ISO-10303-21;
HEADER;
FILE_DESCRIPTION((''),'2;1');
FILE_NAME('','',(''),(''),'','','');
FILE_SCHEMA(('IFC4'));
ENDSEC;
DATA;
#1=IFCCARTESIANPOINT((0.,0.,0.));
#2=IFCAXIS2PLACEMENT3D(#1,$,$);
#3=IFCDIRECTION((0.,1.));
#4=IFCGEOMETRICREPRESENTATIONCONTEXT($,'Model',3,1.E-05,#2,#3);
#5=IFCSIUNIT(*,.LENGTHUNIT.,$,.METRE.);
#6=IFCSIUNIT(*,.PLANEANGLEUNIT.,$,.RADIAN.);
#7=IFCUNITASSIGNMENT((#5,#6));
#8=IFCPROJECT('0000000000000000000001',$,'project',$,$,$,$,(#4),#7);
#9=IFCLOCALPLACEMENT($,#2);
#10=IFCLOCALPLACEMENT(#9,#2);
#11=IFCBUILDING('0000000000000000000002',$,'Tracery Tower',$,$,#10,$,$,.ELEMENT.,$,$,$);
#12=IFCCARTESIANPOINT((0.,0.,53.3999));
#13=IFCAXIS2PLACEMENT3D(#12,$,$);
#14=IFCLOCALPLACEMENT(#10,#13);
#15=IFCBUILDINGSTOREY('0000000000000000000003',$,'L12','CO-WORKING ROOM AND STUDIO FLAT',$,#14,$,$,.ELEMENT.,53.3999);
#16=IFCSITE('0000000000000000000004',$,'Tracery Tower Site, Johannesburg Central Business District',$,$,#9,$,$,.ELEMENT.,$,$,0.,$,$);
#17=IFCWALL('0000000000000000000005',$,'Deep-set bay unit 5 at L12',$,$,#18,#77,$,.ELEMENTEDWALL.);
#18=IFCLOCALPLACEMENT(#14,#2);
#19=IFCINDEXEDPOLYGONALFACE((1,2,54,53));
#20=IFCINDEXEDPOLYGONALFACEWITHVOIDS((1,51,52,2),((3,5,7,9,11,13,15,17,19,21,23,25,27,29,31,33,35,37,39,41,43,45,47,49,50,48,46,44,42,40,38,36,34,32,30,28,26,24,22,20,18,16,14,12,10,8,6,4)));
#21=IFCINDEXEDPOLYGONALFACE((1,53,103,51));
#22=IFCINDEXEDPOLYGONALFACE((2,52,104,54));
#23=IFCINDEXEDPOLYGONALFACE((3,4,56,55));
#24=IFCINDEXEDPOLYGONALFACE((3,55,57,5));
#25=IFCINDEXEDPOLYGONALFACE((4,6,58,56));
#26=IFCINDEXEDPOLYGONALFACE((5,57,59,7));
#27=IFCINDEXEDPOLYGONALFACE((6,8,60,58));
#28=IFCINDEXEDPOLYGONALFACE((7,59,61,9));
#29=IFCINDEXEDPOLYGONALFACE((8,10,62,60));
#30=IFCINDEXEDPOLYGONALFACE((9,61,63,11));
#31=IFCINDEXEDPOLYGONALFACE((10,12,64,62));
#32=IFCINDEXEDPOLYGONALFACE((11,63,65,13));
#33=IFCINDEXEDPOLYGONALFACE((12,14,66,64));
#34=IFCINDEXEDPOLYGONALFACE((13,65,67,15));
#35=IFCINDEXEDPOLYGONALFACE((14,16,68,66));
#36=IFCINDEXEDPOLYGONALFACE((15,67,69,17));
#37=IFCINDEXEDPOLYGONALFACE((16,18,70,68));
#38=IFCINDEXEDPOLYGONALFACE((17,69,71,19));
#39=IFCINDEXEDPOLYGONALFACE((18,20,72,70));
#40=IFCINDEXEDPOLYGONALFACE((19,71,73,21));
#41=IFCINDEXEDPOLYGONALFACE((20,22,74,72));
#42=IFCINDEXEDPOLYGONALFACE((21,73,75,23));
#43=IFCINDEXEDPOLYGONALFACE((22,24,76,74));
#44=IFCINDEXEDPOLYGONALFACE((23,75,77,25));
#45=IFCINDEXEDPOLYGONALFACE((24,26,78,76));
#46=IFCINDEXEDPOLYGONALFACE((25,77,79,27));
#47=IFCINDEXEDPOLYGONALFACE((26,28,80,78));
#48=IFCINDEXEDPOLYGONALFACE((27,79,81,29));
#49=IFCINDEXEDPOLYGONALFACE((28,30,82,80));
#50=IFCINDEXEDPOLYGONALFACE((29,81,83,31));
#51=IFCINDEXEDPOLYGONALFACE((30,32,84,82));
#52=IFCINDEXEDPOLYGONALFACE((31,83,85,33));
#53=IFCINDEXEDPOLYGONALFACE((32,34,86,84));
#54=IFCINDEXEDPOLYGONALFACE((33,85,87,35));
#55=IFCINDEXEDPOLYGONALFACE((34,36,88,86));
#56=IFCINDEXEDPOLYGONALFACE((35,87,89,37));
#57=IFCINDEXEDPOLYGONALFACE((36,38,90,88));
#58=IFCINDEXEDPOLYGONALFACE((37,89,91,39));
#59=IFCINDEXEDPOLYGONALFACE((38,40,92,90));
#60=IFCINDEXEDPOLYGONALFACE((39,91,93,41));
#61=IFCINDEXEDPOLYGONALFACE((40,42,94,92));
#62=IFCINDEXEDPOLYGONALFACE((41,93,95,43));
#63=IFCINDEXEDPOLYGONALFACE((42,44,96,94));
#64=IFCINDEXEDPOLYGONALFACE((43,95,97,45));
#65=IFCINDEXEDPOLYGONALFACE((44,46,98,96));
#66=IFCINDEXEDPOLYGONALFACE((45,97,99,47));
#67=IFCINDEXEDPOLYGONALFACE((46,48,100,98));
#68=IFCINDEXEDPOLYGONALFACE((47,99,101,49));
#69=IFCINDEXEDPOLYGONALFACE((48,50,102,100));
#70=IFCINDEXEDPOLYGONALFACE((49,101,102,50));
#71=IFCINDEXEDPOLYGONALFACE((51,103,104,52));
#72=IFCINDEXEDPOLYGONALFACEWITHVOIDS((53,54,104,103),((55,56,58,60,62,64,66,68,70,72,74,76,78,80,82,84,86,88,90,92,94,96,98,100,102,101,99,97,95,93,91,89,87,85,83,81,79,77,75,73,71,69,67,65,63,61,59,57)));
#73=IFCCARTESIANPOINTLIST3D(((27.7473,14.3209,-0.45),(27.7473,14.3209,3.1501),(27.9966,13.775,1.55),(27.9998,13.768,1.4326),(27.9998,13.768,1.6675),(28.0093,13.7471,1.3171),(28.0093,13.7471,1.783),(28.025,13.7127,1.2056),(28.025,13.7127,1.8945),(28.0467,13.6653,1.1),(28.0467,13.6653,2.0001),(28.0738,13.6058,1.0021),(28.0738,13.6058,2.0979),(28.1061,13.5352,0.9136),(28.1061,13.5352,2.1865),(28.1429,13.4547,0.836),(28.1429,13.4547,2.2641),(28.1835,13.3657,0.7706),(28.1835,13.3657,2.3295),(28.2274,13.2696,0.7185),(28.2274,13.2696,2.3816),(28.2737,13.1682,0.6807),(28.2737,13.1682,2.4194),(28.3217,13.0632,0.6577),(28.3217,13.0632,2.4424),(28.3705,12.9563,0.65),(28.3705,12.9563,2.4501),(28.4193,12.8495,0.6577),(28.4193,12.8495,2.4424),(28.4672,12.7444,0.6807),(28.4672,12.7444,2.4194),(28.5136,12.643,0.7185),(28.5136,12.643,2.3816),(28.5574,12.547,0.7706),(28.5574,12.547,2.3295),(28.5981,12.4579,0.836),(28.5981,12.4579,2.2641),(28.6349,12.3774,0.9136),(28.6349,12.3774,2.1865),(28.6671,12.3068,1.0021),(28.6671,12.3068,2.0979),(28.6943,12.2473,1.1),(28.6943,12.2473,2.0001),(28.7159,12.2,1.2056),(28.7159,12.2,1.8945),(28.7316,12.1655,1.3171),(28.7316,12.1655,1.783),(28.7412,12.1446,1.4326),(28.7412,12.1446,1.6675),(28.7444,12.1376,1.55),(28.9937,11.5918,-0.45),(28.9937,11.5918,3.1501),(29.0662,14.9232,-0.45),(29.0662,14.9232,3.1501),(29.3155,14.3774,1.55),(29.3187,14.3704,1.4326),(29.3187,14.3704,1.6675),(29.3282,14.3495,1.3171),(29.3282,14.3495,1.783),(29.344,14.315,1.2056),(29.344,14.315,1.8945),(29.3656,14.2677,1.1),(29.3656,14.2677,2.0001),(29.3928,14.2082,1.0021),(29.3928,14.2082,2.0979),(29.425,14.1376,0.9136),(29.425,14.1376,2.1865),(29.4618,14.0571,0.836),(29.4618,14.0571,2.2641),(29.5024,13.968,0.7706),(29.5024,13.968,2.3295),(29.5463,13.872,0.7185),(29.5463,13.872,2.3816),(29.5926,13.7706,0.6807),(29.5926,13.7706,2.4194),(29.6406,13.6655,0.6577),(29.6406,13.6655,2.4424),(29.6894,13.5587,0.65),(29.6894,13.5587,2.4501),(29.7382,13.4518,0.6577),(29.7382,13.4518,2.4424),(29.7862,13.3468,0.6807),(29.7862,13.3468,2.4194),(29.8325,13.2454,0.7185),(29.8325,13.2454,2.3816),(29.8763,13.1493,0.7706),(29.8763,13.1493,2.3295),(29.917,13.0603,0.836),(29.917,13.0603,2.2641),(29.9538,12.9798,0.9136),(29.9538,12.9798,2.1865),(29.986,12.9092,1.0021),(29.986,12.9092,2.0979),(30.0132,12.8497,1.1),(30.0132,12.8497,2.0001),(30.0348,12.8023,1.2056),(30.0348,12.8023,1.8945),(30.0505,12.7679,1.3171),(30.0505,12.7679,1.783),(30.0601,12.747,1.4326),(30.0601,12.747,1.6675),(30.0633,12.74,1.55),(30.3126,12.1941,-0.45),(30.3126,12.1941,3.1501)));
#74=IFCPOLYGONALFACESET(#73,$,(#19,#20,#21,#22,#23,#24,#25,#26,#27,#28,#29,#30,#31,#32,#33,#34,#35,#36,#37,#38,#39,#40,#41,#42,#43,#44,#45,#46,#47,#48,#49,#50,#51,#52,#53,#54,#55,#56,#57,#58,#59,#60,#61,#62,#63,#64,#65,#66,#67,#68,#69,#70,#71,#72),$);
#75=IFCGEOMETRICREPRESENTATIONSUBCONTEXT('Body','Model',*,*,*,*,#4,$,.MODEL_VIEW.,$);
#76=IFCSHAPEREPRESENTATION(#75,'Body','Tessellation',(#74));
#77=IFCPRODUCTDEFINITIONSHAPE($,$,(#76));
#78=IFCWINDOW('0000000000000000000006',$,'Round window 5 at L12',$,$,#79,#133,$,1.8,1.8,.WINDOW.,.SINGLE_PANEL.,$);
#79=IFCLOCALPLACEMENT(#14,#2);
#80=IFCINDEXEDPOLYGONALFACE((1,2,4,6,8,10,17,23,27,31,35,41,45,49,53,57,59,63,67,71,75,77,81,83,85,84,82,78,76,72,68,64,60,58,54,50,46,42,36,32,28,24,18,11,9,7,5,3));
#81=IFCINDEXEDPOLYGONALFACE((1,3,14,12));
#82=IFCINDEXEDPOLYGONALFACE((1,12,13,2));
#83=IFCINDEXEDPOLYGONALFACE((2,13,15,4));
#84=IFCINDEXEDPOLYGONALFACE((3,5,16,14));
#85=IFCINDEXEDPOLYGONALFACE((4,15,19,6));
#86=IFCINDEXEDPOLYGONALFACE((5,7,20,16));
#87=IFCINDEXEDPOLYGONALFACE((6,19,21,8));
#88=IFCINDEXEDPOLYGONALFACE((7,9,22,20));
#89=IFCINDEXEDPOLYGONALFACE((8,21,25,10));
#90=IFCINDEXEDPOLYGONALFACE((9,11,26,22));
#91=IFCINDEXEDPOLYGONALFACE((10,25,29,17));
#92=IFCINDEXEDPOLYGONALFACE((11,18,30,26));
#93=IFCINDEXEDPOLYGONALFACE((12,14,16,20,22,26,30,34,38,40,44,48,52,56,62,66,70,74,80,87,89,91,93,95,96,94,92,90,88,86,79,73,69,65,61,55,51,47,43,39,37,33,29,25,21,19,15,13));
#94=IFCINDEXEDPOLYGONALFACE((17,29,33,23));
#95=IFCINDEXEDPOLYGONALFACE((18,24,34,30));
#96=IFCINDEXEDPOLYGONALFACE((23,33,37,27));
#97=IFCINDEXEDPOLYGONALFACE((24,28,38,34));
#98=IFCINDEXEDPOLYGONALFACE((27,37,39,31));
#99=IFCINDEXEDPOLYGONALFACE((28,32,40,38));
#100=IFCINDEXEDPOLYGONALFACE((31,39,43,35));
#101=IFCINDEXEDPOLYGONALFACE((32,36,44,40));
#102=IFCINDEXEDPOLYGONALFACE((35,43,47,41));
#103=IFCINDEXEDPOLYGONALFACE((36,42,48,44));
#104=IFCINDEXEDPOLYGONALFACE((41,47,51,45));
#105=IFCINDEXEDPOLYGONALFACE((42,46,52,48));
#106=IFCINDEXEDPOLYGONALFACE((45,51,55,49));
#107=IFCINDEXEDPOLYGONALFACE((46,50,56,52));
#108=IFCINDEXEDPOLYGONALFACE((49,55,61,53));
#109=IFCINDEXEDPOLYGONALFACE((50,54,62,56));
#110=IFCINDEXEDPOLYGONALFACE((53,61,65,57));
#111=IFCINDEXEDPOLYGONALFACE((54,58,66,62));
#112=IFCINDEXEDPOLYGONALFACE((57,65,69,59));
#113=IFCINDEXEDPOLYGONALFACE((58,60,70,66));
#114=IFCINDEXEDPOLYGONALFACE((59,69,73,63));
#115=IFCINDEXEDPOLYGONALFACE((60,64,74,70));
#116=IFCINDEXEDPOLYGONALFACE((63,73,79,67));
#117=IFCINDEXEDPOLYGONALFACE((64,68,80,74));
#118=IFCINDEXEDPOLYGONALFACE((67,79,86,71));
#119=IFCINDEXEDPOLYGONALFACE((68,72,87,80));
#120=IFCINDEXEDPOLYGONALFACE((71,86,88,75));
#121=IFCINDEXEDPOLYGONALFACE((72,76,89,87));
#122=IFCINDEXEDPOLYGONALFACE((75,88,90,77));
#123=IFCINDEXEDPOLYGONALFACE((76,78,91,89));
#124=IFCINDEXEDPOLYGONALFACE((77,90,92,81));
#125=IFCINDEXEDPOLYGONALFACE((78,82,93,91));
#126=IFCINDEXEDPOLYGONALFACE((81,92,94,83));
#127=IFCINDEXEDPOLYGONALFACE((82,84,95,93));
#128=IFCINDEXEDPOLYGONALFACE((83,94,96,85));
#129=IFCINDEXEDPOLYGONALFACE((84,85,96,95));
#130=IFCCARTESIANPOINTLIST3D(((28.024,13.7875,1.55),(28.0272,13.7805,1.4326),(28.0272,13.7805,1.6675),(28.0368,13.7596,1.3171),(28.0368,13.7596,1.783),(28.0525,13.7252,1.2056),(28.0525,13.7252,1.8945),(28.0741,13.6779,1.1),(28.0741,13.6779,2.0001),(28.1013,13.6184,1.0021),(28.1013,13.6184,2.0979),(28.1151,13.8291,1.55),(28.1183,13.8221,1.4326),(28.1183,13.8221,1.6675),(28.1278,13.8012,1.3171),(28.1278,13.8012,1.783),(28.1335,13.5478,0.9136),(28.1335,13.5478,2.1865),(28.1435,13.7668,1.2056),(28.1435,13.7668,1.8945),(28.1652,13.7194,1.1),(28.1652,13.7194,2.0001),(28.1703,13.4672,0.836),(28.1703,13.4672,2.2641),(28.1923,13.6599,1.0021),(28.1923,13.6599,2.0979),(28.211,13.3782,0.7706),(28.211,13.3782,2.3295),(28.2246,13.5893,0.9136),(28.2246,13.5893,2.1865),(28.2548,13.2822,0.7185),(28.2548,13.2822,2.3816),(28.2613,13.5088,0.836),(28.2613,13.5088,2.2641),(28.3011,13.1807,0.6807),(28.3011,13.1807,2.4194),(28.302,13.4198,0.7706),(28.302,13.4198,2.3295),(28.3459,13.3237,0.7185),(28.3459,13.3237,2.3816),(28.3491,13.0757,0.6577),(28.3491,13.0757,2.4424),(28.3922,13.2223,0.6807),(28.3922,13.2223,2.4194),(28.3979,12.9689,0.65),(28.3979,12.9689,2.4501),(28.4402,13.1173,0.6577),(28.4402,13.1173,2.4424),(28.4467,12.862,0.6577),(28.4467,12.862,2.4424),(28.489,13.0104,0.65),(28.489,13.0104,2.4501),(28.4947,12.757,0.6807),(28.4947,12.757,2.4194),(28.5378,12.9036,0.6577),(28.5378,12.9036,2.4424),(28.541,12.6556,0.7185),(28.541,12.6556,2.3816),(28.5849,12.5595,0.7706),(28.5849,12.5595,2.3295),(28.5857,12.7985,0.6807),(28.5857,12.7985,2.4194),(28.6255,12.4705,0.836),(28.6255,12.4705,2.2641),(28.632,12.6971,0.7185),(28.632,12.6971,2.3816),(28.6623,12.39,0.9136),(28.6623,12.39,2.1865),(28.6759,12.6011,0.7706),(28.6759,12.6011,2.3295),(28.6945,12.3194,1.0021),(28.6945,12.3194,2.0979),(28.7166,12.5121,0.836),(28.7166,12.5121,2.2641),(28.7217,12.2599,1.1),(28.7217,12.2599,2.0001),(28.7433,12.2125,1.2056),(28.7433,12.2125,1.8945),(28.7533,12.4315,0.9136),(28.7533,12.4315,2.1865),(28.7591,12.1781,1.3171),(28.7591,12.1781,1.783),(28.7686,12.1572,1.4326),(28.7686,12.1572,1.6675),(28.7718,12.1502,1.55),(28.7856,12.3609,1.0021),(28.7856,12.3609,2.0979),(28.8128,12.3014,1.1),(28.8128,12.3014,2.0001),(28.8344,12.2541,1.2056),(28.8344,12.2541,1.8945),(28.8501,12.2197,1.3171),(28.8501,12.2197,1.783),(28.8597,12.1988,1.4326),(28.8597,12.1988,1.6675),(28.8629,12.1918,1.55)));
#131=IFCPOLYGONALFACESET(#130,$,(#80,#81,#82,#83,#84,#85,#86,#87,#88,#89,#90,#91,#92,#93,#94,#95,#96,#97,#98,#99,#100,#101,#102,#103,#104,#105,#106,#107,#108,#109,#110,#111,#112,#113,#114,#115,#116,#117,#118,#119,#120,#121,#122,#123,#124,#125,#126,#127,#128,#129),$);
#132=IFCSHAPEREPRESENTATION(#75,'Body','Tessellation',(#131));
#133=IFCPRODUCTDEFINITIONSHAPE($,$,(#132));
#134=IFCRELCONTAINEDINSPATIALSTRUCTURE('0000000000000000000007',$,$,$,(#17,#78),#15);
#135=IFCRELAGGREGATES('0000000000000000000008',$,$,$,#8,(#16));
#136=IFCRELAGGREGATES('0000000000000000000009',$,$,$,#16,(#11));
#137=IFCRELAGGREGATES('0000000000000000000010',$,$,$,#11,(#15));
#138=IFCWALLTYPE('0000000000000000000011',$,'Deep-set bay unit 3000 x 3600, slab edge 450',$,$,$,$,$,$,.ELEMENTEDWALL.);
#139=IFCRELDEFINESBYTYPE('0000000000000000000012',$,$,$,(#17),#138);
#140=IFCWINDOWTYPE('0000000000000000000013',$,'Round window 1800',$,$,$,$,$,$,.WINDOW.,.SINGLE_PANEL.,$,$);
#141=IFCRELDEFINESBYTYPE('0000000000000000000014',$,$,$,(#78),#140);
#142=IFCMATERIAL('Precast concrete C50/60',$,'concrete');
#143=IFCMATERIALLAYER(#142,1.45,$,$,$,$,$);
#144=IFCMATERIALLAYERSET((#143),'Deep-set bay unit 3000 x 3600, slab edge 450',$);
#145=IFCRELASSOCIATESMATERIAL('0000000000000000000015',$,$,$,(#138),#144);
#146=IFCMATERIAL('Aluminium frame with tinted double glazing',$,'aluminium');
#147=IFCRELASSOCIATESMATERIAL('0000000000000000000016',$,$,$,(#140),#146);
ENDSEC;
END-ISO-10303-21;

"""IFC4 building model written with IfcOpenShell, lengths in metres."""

from ifc_helpers import new_model, si_unit, direction, frame, frame_2d, origin, origin_2d, place, context, subcontext, project, spatial, rectangle, circle, extrude, material, layer, layer_set, type_object, element, fill, save


model = new_model("IFC4")

# Units and contexts
model_context = context("Model", 3, precision=1e-05, world=origin(), true_north=direction((0.0, 1.0)))
body_context = subcontext(model_context, "Body", "Model", "MODEL_VIEW")
ifc_project = project(units=[si_unit("LENGTHUNIT", "METRE"), si_unit("PLANEANGLEUNIT", "RADIAN")], contexts=[model_context])

# Site, building, storey
site_placement = place(None, origin())
site = spatial("IfcSite", under=ifc_project, at=site_placement, Name="Tracery Tower Site, Johannesburg Central Business District", CompositionType="ELEMENT", RefElevation=0.0)
building_placement = place(site_placement, origin())
building = spatial("IfcBuilding", under=site, at=building_placement, Name="Tracery Tower", CompositionType="ELEMENT")
storey_placement = place(building_placement, frame((0.0, 0.0, 53.3999)))
storey = spatial("IfcBuildingStorey", under=building, at=storey_placement, Name="L12", Description="CO-WORKING ROOM AND STUDIO FLAT", CompositionType="ELEMENT", Elevation=53.3999)

# Wall, opening, window
ifc_material_1 = material(Name="Precast concrete C50/60", Category="concrete")
ifc_layer_1 = layer(ifc_material_1, 1.45)
ifc_layer_set_1 = layer_set([ifc_layer_1], Name="Deep-set bay unit 3000 x 3600, slab edge 450")
wall_type_1 = type_object("IfcWallType", Name="Deep-set bay unit 3000 x 3600, slab edge 450", PredefinedType="ELEMENTEDWALL", material=ifc_layer_set_1)
ifc_material_2 = material(Name="Aluminium frame with tinted double glazing", Category="aluminium")
window_type = type_object("IfcWindowType", Name="Round window 1800", PartitioningType="SINGLE_PANEL", PredefinedType="WINDOW", material=ifc_material_2)
wall_1_placement = place(storey_placement, frame((29.6531, 11.8931, -0.45), z_axis=(0.0, 0.0, 1.0), x_axis=(-0.415427, 0.909627, 0.0)))
wall_1 = element("IfcWall", 1, at=wall_1_placement, inside=storey, type_object=wall_type_1, Name="Deep-set bay unit 5 at L12", PredefinedType="ELEMENTEDWALL", context=body_context, shape_type="SweptSolid", body=[
    extrude(rectangle(XDim=3.0002, YDim=1.45, at=frame_2d((1.5, 0.0))), origin(), (0.0, 0.0, 1.0), 3.6001),
])
opening_1_placement = place(wall_1_placement, frame((1.5, 0.0, 2.0)))
opening_1 = element("IfcOpeningElement", 2, at=opening_1_placement, cuts=wall_1, PredefinedType="OPENING", context=body_context, shape_type="SweptSolid", body=[
    extrude(circle(Radius=0.9, at=origin_2d()), frame((0.0, 0.7349, 0.0), z_axis=(0.0, -1.0, 0.0), x_axis=(1.0, 0.0, 0.0)), (0.0, 0.0, 1.0), 1.47),
])
window_1_placement = place(opening_1_placement, origin())
window_1 = element("IfcWindow", 3, at=window_1_placement, inside=storey, type_object=window_type, Name="Round window 5 at L12", OverallHeight=1.8, OverallWidth=1.8, PartitioningType="SINGLE_PANEL", PredefinedType="WINDOW", context=body_context, shape_type="SweptSolid", body=[
    extrude(circle(Radius=0.9, at=origin_2d()), frame((0.0, 0.6948, 0.0), z_axis=(0.0, -1.0, 0.0), x_axis=(1.0, 0.0, 0.0)), (0.0, 0.0, 1.0), 0.1001),
])
fill(opening_1, window_1)

save(model, "model.ifc")
